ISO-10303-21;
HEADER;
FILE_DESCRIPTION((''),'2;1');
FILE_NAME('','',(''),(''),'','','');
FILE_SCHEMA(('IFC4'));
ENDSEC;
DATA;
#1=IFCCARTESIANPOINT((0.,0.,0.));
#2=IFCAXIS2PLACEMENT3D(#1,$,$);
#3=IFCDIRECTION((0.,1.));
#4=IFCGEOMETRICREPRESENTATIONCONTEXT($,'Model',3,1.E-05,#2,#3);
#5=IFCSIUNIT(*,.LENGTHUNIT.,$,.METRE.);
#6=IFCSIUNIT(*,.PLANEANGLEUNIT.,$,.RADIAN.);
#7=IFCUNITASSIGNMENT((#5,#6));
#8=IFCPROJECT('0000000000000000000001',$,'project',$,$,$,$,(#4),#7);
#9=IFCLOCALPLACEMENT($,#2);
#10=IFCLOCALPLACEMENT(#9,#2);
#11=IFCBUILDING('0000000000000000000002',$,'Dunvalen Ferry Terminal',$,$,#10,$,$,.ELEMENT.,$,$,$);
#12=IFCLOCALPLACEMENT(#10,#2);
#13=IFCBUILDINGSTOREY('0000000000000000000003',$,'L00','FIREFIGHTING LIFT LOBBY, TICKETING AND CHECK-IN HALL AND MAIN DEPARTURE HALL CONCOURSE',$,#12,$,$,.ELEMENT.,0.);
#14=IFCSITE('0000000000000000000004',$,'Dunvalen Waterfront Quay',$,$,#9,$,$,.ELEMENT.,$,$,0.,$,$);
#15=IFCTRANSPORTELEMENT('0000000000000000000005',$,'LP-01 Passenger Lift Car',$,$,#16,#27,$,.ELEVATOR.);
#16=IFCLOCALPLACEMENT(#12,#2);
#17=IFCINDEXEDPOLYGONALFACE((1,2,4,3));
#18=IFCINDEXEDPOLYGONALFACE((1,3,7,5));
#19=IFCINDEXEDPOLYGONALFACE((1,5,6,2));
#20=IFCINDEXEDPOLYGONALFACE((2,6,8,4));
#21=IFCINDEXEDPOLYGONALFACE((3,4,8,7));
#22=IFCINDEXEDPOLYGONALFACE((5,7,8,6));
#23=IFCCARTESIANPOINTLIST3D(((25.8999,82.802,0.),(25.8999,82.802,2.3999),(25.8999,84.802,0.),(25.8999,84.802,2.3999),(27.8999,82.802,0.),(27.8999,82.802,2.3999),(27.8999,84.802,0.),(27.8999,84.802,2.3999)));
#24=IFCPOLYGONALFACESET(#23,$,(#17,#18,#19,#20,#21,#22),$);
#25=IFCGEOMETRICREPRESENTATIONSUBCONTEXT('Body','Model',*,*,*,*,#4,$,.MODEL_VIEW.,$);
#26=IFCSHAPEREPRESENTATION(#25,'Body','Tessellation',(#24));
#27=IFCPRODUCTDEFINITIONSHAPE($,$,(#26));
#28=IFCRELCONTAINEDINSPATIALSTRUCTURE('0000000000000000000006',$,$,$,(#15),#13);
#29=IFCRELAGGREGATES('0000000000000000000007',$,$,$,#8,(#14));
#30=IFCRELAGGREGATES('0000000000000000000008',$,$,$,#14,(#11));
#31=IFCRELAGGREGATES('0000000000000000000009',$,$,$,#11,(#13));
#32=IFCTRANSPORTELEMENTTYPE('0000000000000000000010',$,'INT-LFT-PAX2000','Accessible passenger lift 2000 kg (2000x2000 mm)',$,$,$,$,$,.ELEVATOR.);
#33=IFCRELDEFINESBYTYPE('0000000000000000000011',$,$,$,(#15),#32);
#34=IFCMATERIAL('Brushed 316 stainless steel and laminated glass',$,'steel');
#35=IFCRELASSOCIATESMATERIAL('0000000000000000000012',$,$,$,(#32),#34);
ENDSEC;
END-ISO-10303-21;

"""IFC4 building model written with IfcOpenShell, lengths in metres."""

from ifc_helpers import new_model, si_unit, direction, frame, origin, origin_2d, place, context, subcontext, project, spatial, rectangle, extrude, material, type_object, element, save


model = new_model("IFC4")

# Units and contexts
model_context = context("Model", 3, precision=1e-05, world=origin(), true_north=direction((0.0, 1.0)))
body_context = subcontext(model_context, "Body", "Model", "MODEL_VIEW")
ifc_project = project(units=[si_unit("LENGTHUNIT", "METRE"), si_unit("PLANEANGLEUNIT", "RADIAN")], contexts=[model_context])

# Site, building, storey
site_placement = place(None, origin())
site = spatial("IfcSite", under=ifc_project, at=site_placement, Name="Dunvalen Waterfront Quay", CompositionType="ELEMENT", RefElevation=0.0)
building_placement = place(site_placement, origin())
building = spatial("IfcBuilding", under=site, at=building_placement, Name="Dunvalen Ferry Terminal", CompositionType="ELEMENT")
storey_placement = place(building_placement, origin())
storey = spatial("IfcBuildingStorey", under=building, at=storey_placement, Name="L00", Description="FIREFIGHTING LIFT LOBBY, TICKETING AND CHECK-IN HALL AND MAIN DEPARTURE HALL CONCOURSE", CompositionType="ELEMENT", Elevation=0.0)

# Transport element
ifc_material_1 = material(Name="Brushed 316 stainless steel and laminated glass", Category="steel")
transport_element_type = type_object("IfcTransportElementType", Name="INT-LFT-PAX2000", Description="Accessible passenger lift 2000 kg (2000x2000 mm)", PredefinedType="ELEVATOR", material=ifc_material_1)
transport_element_placement = place(storey_placement, frame((26.8999, 83.802, 0.0), z_axis=(0.0, 0.0, 1.0), x_axis=(1.0, 0.0, 0.0)))
element("IfcTransportElement", 1, at=transport_element_placement, inside=storey, type_object=transport_element_type, Name="LP-01 Passenger Lift Car", PredefinedType="ELEVATOR", context=body_context, shape_type="SweptSolid", body=[
    extrude(rectangle(XDim=2.0, YDim=2.0, at=origin_2d()), origin(), (0.0, 0.0, 1.0), 2.3999),
])

save(model, "model.ifc")
